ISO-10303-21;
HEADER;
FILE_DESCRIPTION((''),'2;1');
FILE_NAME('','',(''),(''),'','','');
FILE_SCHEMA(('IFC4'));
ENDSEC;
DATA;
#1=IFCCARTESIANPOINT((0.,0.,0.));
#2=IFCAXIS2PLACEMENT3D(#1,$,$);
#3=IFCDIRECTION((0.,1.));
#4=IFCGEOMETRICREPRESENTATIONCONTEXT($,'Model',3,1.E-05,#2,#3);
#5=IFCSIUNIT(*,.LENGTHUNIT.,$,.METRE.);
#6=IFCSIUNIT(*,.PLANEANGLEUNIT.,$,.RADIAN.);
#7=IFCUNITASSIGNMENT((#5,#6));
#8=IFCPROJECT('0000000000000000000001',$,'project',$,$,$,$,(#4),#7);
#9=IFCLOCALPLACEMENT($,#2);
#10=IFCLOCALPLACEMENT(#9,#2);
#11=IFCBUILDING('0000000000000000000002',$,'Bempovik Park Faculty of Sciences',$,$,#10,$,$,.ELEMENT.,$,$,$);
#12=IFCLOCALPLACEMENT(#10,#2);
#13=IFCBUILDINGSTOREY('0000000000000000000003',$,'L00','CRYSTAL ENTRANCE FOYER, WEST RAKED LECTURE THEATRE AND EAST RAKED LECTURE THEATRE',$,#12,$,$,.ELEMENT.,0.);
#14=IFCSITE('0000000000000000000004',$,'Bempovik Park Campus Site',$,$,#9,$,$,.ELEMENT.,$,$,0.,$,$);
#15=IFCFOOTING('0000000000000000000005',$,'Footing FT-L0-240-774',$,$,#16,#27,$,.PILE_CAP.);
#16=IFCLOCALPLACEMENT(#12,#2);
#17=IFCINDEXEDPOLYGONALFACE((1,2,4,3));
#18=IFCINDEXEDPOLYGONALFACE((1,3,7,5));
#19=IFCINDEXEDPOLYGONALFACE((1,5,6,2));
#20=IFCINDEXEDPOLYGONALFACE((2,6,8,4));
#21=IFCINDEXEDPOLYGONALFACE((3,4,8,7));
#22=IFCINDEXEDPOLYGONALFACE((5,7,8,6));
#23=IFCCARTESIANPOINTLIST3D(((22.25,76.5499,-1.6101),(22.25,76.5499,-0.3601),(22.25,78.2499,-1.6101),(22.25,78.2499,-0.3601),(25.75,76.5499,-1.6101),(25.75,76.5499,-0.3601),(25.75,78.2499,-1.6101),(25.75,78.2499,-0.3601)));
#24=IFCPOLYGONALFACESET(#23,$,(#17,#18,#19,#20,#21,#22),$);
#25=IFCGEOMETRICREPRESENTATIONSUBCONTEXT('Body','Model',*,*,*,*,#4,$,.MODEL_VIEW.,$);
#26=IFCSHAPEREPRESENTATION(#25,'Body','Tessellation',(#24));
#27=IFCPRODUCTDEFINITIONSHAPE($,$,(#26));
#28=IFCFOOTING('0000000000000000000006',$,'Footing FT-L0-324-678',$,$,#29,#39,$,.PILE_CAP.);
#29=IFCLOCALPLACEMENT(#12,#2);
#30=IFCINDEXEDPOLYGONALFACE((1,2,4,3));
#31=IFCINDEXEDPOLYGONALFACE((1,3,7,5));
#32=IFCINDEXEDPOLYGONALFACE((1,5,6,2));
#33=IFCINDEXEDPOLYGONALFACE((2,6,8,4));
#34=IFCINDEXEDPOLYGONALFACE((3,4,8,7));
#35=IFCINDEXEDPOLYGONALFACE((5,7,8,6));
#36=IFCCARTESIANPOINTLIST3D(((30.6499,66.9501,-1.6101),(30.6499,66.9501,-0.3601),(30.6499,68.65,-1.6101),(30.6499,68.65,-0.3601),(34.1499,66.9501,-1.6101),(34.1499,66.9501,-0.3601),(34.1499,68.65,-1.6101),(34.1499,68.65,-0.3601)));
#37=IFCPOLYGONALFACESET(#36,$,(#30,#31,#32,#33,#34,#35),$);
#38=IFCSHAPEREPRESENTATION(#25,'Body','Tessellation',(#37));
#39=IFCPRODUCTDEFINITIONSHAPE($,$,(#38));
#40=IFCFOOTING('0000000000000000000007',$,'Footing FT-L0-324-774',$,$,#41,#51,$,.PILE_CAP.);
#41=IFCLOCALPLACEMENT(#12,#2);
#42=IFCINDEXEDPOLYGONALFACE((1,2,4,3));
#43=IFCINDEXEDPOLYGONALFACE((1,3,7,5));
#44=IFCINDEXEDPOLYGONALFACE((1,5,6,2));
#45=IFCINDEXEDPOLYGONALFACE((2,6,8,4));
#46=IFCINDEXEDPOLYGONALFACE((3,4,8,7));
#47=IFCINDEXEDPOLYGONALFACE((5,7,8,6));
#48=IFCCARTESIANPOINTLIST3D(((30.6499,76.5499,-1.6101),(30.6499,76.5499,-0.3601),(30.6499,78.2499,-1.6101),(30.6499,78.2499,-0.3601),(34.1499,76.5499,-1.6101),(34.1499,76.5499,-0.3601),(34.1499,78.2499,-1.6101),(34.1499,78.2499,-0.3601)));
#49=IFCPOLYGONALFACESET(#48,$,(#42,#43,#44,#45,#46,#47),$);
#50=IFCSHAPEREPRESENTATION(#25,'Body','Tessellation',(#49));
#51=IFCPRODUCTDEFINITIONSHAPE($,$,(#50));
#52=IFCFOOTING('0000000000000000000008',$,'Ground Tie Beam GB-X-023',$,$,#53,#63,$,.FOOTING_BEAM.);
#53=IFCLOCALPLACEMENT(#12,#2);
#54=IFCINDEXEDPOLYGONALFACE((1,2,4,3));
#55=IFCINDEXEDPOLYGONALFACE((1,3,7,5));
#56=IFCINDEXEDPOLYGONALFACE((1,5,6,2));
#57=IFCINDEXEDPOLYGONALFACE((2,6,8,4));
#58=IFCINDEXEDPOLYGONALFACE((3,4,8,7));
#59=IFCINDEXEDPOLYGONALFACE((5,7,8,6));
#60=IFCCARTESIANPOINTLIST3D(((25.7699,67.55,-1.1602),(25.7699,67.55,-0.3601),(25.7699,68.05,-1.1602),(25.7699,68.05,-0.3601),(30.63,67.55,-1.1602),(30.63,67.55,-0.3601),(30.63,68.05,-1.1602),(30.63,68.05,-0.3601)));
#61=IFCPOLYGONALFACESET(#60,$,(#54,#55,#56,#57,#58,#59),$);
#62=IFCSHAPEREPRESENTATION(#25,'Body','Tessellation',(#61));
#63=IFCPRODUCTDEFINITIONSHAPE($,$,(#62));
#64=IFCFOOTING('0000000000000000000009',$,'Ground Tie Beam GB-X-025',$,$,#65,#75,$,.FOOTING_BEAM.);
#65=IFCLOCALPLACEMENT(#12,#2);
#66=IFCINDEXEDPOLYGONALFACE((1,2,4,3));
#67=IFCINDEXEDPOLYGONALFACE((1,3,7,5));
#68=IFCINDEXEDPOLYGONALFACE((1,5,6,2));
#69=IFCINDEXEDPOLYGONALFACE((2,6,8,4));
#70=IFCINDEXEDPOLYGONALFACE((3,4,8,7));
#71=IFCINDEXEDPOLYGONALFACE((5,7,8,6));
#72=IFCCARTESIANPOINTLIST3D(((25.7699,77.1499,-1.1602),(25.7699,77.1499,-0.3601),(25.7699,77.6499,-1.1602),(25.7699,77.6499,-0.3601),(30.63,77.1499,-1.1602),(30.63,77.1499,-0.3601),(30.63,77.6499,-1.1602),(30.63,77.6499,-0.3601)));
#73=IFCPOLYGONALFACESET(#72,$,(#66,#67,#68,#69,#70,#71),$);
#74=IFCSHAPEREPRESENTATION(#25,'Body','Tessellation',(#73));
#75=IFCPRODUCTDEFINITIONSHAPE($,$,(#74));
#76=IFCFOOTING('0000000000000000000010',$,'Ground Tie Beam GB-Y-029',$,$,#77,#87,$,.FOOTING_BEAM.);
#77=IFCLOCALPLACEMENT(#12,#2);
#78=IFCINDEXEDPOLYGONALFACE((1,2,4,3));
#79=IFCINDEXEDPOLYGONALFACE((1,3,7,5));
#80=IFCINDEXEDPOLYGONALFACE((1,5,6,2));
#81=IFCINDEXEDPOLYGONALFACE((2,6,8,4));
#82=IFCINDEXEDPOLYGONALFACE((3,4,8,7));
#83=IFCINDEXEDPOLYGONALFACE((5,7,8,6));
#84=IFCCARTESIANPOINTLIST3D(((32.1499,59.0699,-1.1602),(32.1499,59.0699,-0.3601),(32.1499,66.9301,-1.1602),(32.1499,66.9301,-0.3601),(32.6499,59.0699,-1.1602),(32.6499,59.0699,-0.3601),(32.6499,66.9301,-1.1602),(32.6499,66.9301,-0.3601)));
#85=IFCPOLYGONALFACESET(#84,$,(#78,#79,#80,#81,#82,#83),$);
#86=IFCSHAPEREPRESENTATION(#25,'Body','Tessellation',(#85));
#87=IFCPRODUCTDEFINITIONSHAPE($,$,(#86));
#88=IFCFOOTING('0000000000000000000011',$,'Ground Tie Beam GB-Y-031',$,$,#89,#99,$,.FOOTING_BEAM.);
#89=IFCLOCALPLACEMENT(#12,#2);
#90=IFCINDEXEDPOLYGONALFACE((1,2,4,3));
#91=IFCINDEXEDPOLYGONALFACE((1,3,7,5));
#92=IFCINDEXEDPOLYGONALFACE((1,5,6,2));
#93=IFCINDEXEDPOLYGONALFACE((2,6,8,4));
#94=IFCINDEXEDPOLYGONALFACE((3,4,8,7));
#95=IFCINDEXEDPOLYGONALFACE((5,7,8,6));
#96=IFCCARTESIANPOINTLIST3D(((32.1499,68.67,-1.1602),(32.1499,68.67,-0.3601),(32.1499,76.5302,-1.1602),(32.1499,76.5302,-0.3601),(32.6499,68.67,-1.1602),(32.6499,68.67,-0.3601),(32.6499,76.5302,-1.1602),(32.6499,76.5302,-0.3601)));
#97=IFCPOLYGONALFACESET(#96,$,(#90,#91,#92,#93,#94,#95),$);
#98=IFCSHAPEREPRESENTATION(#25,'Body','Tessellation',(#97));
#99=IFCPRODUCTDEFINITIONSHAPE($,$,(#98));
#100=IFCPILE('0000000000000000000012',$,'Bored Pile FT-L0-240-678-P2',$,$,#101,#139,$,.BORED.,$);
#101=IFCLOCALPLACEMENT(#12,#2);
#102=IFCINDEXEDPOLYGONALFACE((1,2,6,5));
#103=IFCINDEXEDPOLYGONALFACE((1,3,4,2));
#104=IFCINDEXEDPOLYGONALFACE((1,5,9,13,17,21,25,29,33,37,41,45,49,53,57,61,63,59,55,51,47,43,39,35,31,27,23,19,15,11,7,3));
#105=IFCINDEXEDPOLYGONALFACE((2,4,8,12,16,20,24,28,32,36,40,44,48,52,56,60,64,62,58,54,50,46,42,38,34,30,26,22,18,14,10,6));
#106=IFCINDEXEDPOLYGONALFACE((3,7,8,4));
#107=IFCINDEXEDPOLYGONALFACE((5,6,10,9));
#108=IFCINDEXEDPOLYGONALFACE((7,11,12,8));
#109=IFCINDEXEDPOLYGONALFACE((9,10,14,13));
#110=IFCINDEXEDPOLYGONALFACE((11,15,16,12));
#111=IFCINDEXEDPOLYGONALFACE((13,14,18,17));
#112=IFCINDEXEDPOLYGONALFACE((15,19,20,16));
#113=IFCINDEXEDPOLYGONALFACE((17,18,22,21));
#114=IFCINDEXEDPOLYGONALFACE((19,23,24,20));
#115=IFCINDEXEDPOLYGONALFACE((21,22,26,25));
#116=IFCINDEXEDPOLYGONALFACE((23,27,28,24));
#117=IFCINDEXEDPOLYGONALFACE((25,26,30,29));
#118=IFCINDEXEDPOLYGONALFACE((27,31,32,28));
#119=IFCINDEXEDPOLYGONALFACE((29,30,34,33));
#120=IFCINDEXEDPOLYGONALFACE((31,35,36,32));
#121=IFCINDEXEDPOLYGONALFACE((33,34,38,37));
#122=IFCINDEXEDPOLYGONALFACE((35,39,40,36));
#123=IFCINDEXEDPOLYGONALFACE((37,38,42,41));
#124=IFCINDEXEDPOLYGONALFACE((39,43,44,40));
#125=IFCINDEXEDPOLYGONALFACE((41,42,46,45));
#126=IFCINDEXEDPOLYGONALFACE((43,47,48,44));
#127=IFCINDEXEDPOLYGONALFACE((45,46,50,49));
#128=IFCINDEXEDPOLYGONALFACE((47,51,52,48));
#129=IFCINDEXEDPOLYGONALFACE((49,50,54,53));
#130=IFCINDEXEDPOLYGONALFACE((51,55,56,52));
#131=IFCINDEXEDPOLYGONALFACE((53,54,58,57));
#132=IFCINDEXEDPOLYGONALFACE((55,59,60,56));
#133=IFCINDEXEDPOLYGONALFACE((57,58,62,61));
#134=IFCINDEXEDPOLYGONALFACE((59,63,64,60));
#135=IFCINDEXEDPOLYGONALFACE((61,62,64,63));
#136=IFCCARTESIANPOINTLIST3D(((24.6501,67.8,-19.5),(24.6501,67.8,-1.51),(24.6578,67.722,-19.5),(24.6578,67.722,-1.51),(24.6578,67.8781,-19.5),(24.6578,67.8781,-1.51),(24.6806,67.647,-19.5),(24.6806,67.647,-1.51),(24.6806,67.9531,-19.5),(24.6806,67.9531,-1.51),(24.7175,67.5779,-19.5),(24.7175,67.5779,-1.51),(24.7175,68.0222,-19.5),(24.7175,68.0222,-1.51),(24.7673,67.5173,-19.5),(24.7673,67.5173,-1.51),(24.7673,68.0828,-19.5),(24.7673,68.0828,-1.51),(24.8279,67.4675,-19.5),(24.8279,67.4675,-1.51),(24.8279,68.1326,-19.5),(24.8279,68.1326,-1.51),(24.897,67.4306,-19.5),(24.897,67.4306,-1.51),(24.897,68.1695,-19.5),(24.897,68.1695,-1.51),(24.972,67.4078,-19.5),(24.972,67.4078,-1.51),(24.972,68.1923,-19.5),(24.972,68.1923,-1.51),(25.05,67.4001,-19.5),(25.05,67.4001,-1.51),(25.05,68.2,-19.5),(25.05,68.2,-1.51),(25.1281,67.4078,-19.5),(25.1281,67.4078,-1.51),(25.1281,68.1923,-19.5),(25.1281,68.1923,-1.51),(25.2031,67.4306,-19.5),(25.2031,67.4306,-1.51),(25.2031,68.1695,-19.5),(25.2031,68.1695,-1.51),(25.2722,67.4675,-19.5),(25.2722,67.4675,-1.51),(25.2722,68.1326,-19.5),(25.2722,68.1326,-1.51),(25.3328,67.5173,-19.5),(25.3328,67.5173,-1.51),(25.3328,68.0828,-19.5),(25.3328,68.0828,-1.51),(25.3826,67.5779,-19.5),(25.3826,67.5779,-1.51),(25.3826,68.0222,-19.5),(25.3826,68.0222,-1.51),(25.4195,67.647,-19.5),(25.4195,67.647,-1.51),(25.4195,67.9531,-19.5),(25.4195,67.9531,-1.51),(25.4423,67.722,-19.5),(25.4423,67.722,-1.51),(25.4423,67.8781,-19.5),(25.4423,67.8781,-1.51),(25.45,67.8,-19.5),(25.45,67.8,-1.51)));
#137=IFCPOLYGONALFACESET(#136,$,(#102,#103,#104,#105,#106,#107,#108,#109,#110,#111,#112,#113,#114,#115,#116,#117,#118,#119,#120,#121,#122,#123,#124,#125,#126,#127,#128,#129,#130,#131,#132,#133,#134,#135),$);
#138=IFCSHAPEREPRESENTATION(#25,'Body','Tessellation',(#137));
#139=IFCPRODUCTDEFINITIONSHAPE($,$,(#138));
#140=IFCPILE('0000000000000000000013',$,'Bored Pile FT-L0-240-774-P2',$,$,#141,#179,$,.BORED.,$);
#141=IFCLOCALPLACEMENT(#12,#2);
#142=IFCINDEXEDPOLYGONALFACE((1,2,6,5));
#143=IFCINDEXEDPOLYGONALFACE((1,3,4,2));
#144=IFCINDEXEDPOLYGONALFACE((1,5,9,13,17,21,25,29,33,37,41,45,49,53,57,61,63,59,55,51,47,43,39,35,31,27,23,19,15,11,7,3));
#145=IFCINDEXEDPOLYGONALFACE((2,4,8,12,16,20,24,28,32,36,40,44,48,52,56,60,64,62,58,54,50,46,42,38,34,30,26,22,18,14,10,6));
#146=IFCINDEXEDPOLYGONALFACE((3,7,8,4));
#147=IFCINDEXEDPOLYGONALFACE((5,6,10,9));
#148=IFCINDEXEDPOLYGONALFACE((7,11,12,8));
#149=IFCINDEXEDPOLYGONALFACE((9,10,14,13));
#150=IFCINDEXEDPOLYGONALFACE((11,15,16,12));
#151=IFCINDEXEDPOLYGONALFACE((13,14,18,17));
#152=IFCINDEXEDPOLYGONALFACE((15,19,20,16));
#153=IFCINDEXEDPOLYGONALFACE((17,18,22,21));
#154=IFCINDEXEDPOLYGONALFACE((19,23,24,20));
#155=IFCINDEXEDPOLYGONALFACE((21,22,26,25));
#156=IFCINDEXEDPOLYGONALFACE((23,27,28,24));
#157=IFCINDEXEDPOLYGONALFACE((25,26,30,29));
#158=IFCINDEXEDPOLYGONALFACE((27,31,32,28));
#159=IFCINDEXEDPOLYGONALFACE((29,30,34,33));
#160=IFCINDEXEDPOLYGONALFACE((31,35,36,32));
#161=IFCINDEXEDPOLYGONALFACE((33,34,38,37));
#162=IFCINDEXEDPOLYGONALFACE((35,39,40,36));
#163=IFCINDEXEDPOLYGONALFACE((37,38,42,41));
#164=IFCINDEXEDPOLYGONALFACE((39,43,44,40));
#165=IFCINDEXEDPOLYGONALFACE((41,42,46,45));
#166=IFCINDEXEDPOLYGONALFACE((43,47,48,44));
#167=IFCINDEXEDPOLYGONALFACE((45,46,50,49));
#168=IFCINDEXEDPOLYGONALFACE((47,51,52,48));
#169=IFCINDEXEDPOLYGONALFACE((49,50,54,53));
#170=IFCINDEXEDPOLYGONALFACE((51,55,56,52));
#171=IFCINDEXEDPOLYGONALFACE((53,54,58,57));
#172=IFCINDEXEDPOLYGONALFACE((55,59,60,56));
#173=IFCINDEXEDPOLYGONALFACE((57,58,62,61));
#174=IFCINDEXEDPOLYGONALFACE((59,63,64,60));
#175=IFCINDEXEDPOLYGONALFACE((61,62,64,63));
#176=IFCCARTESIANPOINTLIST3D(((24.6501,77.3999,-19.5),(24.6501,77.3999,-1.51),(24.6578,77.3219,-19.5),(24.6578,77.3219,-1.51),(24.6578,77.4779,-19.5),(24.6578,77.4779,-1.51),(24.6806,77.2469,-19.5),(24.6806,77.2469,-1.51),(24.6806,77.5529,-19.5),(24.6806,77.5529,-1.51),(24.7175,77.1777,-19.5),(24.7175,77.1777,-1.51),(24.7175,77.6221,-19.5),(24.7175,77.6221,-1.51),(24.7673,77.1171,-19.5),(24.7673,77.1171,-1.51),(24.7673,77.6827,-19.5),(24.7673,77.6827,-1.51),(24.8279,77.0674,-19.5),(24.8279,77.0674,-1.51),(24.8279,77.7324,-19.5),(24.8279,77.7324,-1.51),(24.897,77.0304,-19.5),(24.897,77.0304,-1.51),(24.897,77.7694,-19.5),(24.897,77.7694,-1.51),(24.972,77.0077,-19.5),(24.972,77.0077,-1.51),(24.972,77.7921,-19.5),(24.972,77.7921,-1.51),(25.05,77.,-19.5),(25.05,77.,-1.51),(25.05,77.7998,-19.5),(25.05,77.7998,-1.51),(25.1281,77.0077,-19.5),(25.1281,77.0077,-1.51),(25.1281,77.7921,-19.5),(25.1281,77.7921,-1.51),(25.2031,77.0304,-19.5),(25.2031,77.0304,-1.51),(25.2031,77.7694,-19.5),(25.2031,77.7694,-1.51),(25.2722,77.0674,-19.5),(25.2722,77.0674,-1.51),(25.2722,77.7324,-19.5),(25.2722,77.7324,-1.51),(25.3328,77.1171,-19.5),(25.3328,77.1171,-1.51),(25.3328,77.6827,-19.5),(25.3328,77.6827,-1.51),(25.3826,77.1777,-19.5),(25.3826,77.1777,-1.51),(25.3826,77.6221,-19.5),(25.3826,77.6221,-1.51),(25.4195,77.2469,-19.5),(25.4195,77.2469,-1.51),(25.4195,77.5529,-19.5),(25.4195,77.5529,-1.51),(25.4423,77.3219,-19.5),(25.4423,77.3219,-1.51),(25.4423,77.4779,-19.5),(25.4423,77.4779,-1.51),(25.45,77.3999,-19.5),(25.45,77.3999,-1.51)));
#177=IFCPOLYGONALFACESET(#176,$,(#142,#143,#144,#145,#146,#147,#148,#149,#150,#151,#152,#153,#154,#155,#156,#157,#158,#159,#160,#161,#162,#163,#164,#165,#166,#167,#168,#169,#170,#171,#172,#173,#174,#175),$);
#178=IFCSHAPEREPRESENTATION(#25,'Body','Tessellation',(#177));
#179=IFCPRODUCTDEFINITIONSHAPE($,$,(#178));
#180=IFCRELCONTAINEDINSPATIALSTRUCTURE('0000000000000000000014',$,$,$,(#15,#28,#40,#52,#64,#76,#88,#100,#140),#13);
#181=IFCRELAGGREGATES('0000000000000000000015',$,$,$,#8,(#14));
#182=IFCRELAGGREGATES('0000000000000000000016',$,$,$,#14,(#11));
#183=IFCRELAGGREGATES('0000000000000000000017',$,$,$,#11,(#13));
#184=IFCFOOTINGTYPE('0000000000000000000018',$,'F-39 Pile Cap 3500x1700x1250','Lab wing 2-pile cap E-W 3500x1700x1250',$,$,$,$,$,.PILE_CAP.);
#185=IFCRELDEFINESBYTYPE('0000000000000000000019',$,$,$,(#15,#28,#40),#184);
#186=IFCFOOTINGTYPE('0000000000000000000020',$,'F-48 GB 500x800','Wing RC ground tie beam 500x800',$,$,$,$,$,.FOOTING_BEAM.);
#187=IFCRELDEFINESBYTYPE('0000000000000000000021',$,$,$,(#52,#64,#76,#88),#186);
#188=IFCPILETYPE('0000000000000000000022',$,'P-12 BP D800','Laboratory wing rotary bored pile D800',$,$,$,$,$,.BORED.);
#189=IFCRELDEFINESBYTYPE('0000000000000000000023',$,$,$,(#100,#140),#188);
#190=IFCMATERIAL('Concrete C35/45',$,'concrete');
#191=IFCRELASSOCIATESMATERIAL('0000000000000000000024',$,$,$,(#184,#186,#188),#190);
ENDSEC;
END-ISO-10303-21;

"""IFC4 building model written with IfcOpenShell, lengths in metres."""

from ifc_helpers import new_model, si_unit, direction, frame, origin, origin_2d, place, context, subcontext, project, spatial, rectangle, circle, extrude, material, material_profile, profile_set, type_object, element, save


model = new_model("IFC4")

# Units and contexts
model_context = context("Model", 3, precision=1e-05, world=origin(), true_north=direction((0.0, 1.0)))
body_context = subcontext(model_context, "Body", "Model", "MODEL_VIEW")
ifc_project = project(units=[si_unit("LENGTHUNIT", "METRE"), si_unit("PLANEANGLEUNIT", "RADIAN")], contexts=[model_context])

# Site, building, storey
site_placement = place(None, origin())
site = spatial("IfcSite", under=ifc_project, at=site_placement, Name="Bempovik Park Campus Site", CompositionType="ELEMENT", RefElevation=0.0)
building_placement = place(site_placement, origin())
building = spatial("IfcBuilding", under=site, at=building_placement, Name="Bempovik Park Faculty of Sciences", CompositionType="ELEMENT")
storey_placement = place(building_placement, origin())
storey = spatial("IfcBuildingStorey", under=building, at=storey_placement, Name="L00", Description="CRYSTAL ENTRANCE FOYER, WEST RAKED LECTURE THEATRE AND EAST RAKED LECTURE THEATRE", CompositionType="ELEMENT", Elevation=0.0)

# Footings
ifc_material_1 = material(Name="Concrete C35/45", Category="concrete")
footing_type_1 = type_object("IfcFootingType", Name="F-39 Pile Cap 3500x1700x1250", Description="Lab wing 2-pile cap E-W 3500x1700x1250", PredefinedType="PILE_CAP", material=ifc_material_1)
for number, where, z_axis, x_axis, name in (
    (1, (24.0, 77.3999, -1.6101), (0.0, 0.0, 1.0), (1.0, 0.0, 0.0), "Footing FT-L0-240-774"),
    (2, (32.3999, 67.8, -1.6101), (0.0, 0.0, 1.0), (1.0, 0.0, 0.0), "Footing FT-L0-324-678"),
    (3, (32.3999, 77.3999, -1.6101), (0.0, 0.0, 1.0), (1.0, 0.0, 0.0), "Footing FT-L0-324-774"),
):
    element("IfcFooting", number, at=place(storey_placement, frame(where, z_axis=z_axis, x_axis=x_axis)), inside=storey, type_object=footing_type_1, Name=name, PredefinedType="PILE_CAP", context=body_context, shape_type="SweptSolid", body=[
        extrude(rectangle(XDim=3.5, YDim=1.7, at=origin_2d()), origin(), (0.0, 0.0, 1.0), 1.25),
    ])
footing_type_2 = type_object("IfcFootingType", Name="F-48 GB 500x800", Description="Wing RC ground tie beam 500x800", PredefinedType="FOOTING_BEAM", material=ifc_material_1)
for number, where, z_axis, x_axis, name in (
    (4, (28.2, 67.8, -1.1602), (0.0, 0.0, 1.0), (1.0, 0.0, 0.0), "Ground Tie Beam GB-X-023"),
    (5, (28.2, 77.3999, -1.1602), (0.0, 0.0, 1.0), (1.0, 0.0, 0.0), "Ground Tie Beam GB-X-025"),
):
    element("IfcFooting", number, at=place(storey_placement, frame(where, z_axis=z_axis, x_axis=x_axis)), inside=storey, type_object=footing_type_2, Name=name, PredefinedType="FOOTING_BEAM", context=body_context, shape_type="SweptSolid", body=[
        extrude(rectangle(XDim=4.8601, YDim=0.5, at=origin_2d()), origin(), (0.0, 0.0, 1.0), 0.8),
    ])
for number, where, z_axis, x_axis, name in (
    (6, (32.3999, 63.0, -1.1602), (0.0, 0.0, 1.0), (1.0, 0.0, 0.0), "Ground Tie Beam GB-Y-029"),
    (7, (32.3999, 72.6001, -1.1602), (0.0, 0.0, 1.0), (1.0, 0.0, 0.0), "Ground Tie Beam GB-Y-031"),
):
    element("IfcFooting", number, at=place(storey_placement, frame(where, z_axis=z_axis, x_axis=x_axis)), inside=storey, type_object=footing_type_2, Name=name, PredefinedType="FOOTING_BEAM", context=body_context, shape_type="SweptSolid", body=[
        extrude(rectangle(XDim=0.5, YDim=7.8601, at=origin_2d()), origin(), (0.0, 0.0, 1.0), 0.8),
    ])

# Piles
ifc_material_profile_1 = material_profile(ifc_material_1, circle(Radius=0.3999, at=origin_2d()), Name="BP D800")
ifc_profile_set_1 = profile_set([ifc_material_profile_1], Name="Concrete C35/45")
pile_type = type_object("IfcPileType", Name="P-12 BP D800", Description="Laboratory wing rotary bored pile D800", PredefinedType="BORED", material=ifc_profile_set_1)
for number, where, z_axis, x_axis, name in (
    (8, (25.05, 67.8, -1.51), (0.0, 0.0, -1.0), (1.0, 0.0, 0.0), "Bored Pile FT-L0-240-678-P2"),
    (9, (25.05, 77.3999, -1.51), (0.0, 0.0, -1.0), (1.0, 0.0, 0.0), "Bored Pile FT-L0-240-774-P2"),
):
    element("IfcPile", number, at=place(storey_placement, frame(where, z_axis=z_axis, x_axis=x_axis)), inside=storey, type_object=pile_type, Name=name, PredefinedType="BORED", context=body_context, shape_type="SweptSolid", body=[
        extrude(circle(Radius=0.3999, at=origin_2d()), origin(), (0.0, 0.0, 1.0), 17.99),
    ])

save(model, "model.ifc")
